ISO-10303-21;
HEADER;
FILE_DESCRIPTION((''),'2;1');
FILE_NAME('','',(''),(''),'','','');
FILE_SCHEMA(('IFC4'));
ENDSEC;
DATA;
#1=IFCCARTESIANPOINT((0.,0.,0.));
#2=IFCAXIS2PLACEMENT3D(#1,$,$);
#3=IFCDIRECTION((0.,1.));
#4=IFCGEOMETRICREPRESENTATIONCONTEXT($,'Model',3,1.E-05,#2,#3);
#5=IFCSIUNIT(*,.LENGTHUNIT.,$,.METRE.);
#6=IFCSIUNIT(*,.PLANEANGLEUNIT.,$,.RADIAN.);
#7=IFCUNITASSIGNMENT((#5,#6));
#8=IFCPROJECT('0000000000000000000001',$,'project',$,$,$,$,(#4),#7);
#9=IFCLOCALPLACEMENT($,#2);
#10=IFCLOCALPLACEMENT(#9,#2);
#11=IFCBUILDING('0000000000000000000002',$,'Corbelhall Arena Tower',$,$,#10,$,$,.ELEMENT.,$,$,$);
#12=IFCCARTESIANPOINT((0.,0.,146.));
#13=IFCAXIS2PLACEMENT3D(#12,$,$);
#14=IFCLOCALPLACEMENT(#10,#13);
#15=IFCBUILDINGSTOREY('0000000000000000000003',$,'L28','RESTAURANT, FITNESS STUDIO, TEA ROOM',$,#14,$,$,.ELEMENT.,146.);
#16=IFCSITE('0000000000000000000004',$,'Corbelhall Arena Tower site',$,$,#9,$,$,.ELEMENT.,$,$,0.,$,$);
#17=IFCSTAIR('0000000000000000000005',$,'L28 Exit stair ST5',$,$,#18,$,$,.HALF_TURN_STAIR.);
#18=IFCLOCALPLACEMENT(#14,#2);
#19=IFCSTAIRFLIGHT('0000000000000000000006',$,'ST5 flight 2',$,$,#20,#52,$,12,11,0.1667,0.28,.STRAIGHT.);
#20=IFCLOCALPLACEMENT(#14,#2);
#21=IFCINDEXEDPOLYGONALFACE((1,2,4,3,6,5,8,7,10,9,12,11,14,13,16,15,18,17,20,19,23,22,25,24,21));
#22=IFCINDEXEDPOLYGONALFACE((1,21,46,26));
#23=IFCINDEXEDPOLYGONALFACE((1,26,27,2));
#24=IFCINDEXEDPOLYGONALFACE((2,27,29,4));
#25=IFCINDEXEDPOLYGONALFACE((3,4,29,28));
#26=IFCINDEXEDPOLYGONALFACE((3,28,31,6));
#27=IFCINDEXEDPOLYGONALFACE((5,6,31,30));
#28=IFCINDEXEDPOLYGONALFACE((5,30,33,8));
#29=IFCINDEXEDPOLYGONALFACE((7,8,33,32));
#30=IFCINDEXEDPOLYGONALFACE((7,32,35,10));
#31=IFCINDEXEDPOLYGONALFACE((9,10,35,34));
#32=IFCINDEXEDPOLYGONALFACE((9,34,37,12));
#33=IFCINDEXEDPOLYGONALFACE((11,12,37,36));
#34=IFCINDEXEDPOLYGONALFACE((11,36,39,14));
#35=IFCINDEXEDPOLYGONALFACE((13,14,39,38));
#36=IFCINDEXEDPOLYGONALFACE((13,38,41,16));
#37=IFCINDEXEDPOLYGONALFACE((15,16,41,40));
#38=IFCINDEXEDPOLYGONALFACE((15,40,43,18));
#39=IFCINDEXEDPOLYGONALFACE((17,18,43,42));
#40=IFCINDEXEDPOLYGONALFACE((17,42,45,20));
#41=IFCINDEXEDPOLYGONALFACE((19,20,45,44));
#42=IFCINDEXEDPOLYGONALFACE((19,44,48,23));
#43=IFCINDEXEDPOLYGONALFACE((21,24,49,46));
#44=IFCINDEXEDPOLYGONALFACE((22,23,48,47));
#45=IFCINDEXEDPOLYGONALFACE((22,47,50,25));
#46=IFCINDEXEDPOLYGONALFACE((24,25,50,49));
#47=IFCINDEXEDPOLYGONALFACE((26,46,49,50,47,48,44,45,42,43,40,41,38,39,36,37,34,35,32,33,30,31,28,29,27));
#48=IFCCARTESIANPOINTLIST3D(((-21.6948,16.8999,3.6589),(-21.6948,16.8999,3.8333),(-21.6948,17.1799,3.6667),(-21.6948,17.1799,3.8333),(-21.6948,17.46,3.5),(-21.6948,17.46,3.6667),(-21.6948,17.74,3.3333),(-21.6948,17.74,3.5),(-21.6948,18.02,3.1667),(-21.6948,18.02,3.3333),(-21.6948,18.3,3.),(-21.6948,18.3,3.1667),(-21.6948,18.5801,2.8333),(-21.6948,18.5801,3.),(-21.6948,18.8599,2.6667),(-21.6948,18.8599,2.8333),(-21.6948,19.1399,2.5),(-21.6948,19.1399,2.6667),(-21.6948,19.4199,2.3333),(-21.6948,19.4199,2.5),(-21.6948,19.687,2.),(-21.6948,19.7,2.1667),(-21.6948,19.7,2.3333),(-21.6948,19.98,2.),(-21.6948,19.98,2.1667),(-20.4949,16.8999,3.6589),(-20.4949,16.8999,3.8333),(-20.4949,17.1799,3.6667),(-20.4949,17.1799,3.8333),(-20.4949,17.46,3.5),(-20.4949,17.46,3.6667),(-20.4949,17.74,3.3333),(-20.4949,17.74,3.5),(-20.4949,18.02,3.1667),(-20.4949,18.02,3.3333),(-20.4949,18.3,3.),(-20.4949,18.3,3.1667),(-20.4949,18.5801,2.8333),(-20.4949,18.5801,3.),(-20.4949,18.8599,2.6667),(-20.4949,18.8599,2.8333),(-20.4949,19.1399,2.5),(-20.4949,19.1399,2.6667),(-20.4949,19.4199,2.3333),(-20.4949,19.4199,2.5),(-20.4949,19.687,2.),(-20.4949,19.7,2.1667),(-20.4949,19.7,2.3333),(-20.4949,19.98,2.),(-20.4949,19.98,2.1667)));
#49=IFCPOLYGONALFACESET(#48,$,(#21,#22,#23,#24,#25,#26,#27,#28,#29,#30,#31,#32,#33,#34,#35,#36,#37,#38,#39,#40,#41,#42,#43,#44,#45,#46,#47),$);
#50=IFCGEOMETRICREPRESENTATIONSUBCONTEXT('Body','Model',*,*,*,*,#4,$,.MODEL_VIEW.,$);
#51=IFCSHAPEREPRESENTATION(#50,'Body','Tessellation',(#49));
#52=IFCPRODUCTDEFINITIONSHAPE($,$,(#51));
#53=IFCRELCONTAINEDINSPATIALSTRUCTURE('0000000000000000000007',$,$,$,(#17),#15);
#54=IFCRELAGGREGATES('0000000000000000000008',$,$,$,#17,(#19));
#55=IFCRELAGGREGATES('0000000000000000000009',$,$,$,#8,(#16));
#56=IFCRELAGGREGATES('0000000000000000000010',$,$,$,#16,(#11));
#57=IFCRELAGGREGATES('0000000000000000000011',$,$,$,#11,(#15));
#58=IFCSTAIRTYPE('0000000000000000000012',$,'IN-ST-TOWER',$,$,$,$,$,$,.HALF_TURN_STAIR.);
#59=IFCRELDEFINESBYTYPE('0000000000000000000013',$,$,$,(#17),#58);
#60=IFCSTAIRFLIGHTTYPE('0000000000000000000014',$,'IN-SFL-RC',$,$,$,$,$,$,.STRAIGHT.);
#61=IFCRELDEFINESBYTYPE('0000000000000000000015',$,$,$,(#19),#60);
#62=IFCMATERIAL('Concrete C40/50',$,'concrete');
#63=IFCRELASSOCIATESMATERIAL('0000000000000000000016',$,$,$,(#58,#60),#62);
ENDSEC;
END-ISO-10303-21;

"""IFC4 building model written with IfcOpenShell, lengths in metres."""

from ifc_helpers import new_model, si_unit, direction, frame, origin, place, context, subcontext, project, spatial, polyline, outline, extrude, material, type_object, element, aggregate, save


model = new_model("IFC4")

# Units and contexts
model_context = context("Model", 3, precision=1e-05, world=origin(), true_north=direction((0.0, 1.0)))
body_context = subcontext(model_context, "Body", "Model", "MODEL_VIEW")
ifc_project = project(units=[si_unit("LENGTHUNIT", "METRE"), si_unit("PLANEANGLEUNIT", "RADIAN")], contexts=[model_context])

# Site, building, storey
site_placement = place(None, origin())
site = spatial("IfcSite", under=ifc_project, at=site_placement, Name="Corbelhall Arena Tower site", CompositionType="ELEMENT", RefElevation=0.0)
building_placement = place(site_placement, origin())
building = spatial("IfcBuilding", under=site, at=building_placement, Name="Corbelhall Arena Tower", CompositionType="ELEMENT")
storey_placement = place(building_placement, frame((0.0, 0.0, 146.0)))
storey = spatial("IfcBuildingStorey", under=building, at=storey_placement, Name="L28", Description="RESTAURANT, FITNESS STUDIO, TEA ROOM", CompositionType="ELEMENT", Elevation=146.0)

# Shared definitions
ifc_material_1 = material(Name="Concrete C40/50", Category="concrete")

# Shared definitions
stair_type = type_object("IfcStairType", Name="IN-ST-TOWER", PredefinedType="HALF_TURN_STAIR", material=ifc_material_1)
stair_flight_type = type_object("IfcStairFlightType", Name="IN-SFL-RC", PredefinedType="STRAIGHT", material=ifc_material_1)

# Stair, stair flight
stair_1_placement = place(storey_placement, origin())
stair_1 = element("IfcStair", 1, at=stair_1_placement, inside=storey, type_object=stair_type, Name="L28 Exit stair ST5", PredefinedType="HALF_TURN_STAIR")
stair_flight_1_placement = place(storey_placement, frame((-21.095, 19.98, 2.0), z_axis=(0.0, 0.0, 1.0), x_axis=(0.0, -1.0, 0.0)))
stair_flight_1 = element("IfcStairFlight", 2, at=stair_flight_1_placement, type_object=stair_flight_type, Name="ST5 flight 2", NumberOfRisers=12, NumberOfTreads=11, PredefinedType="STRAIGHT", RiserHeight=0.1667, TreadLength=0.28, context=body_context, shape_type="SweptSolid", body=[
    extrude(outline(polyline([(0.0, 0.0), (0.0, 0.1667), (0.28, 0.1667), (0.28, 0.3333), (0.5601, 0.3333), (0.5601, 0.5), (0.8401, 0.5), (0.8401, 0.6667), (1.1201, 0.6667), (1.1201, 0.8333), (1.3999, 0.8333), (1.3999, 1.0), (1.6799, 1.0), (1.6799, 1.1667), (1.96, 1.1667), (1.96, 1.3333), (2.24, 1.3333), (2.24, 1.5), (2.52, 1.5), (2.52, 1.6667), (2.8, 1.6667), (2.8, 1.8333), (3.0801, 1.8333), (3.0801, 2.0), (3.0801, 1.6589), (0.293, 0.0), (0.0, 0.0)])), frame((0.0, 0.6001, 0.0), z_axis=(0.0, -1.0, 0.0), x_axis=(1.0, 0.0, 0.0)), (0.0, 0.0, 1.0), 1.2),
])
aggregate(stair_1, [stair_flight_1])

save(model, "model.ifc")
